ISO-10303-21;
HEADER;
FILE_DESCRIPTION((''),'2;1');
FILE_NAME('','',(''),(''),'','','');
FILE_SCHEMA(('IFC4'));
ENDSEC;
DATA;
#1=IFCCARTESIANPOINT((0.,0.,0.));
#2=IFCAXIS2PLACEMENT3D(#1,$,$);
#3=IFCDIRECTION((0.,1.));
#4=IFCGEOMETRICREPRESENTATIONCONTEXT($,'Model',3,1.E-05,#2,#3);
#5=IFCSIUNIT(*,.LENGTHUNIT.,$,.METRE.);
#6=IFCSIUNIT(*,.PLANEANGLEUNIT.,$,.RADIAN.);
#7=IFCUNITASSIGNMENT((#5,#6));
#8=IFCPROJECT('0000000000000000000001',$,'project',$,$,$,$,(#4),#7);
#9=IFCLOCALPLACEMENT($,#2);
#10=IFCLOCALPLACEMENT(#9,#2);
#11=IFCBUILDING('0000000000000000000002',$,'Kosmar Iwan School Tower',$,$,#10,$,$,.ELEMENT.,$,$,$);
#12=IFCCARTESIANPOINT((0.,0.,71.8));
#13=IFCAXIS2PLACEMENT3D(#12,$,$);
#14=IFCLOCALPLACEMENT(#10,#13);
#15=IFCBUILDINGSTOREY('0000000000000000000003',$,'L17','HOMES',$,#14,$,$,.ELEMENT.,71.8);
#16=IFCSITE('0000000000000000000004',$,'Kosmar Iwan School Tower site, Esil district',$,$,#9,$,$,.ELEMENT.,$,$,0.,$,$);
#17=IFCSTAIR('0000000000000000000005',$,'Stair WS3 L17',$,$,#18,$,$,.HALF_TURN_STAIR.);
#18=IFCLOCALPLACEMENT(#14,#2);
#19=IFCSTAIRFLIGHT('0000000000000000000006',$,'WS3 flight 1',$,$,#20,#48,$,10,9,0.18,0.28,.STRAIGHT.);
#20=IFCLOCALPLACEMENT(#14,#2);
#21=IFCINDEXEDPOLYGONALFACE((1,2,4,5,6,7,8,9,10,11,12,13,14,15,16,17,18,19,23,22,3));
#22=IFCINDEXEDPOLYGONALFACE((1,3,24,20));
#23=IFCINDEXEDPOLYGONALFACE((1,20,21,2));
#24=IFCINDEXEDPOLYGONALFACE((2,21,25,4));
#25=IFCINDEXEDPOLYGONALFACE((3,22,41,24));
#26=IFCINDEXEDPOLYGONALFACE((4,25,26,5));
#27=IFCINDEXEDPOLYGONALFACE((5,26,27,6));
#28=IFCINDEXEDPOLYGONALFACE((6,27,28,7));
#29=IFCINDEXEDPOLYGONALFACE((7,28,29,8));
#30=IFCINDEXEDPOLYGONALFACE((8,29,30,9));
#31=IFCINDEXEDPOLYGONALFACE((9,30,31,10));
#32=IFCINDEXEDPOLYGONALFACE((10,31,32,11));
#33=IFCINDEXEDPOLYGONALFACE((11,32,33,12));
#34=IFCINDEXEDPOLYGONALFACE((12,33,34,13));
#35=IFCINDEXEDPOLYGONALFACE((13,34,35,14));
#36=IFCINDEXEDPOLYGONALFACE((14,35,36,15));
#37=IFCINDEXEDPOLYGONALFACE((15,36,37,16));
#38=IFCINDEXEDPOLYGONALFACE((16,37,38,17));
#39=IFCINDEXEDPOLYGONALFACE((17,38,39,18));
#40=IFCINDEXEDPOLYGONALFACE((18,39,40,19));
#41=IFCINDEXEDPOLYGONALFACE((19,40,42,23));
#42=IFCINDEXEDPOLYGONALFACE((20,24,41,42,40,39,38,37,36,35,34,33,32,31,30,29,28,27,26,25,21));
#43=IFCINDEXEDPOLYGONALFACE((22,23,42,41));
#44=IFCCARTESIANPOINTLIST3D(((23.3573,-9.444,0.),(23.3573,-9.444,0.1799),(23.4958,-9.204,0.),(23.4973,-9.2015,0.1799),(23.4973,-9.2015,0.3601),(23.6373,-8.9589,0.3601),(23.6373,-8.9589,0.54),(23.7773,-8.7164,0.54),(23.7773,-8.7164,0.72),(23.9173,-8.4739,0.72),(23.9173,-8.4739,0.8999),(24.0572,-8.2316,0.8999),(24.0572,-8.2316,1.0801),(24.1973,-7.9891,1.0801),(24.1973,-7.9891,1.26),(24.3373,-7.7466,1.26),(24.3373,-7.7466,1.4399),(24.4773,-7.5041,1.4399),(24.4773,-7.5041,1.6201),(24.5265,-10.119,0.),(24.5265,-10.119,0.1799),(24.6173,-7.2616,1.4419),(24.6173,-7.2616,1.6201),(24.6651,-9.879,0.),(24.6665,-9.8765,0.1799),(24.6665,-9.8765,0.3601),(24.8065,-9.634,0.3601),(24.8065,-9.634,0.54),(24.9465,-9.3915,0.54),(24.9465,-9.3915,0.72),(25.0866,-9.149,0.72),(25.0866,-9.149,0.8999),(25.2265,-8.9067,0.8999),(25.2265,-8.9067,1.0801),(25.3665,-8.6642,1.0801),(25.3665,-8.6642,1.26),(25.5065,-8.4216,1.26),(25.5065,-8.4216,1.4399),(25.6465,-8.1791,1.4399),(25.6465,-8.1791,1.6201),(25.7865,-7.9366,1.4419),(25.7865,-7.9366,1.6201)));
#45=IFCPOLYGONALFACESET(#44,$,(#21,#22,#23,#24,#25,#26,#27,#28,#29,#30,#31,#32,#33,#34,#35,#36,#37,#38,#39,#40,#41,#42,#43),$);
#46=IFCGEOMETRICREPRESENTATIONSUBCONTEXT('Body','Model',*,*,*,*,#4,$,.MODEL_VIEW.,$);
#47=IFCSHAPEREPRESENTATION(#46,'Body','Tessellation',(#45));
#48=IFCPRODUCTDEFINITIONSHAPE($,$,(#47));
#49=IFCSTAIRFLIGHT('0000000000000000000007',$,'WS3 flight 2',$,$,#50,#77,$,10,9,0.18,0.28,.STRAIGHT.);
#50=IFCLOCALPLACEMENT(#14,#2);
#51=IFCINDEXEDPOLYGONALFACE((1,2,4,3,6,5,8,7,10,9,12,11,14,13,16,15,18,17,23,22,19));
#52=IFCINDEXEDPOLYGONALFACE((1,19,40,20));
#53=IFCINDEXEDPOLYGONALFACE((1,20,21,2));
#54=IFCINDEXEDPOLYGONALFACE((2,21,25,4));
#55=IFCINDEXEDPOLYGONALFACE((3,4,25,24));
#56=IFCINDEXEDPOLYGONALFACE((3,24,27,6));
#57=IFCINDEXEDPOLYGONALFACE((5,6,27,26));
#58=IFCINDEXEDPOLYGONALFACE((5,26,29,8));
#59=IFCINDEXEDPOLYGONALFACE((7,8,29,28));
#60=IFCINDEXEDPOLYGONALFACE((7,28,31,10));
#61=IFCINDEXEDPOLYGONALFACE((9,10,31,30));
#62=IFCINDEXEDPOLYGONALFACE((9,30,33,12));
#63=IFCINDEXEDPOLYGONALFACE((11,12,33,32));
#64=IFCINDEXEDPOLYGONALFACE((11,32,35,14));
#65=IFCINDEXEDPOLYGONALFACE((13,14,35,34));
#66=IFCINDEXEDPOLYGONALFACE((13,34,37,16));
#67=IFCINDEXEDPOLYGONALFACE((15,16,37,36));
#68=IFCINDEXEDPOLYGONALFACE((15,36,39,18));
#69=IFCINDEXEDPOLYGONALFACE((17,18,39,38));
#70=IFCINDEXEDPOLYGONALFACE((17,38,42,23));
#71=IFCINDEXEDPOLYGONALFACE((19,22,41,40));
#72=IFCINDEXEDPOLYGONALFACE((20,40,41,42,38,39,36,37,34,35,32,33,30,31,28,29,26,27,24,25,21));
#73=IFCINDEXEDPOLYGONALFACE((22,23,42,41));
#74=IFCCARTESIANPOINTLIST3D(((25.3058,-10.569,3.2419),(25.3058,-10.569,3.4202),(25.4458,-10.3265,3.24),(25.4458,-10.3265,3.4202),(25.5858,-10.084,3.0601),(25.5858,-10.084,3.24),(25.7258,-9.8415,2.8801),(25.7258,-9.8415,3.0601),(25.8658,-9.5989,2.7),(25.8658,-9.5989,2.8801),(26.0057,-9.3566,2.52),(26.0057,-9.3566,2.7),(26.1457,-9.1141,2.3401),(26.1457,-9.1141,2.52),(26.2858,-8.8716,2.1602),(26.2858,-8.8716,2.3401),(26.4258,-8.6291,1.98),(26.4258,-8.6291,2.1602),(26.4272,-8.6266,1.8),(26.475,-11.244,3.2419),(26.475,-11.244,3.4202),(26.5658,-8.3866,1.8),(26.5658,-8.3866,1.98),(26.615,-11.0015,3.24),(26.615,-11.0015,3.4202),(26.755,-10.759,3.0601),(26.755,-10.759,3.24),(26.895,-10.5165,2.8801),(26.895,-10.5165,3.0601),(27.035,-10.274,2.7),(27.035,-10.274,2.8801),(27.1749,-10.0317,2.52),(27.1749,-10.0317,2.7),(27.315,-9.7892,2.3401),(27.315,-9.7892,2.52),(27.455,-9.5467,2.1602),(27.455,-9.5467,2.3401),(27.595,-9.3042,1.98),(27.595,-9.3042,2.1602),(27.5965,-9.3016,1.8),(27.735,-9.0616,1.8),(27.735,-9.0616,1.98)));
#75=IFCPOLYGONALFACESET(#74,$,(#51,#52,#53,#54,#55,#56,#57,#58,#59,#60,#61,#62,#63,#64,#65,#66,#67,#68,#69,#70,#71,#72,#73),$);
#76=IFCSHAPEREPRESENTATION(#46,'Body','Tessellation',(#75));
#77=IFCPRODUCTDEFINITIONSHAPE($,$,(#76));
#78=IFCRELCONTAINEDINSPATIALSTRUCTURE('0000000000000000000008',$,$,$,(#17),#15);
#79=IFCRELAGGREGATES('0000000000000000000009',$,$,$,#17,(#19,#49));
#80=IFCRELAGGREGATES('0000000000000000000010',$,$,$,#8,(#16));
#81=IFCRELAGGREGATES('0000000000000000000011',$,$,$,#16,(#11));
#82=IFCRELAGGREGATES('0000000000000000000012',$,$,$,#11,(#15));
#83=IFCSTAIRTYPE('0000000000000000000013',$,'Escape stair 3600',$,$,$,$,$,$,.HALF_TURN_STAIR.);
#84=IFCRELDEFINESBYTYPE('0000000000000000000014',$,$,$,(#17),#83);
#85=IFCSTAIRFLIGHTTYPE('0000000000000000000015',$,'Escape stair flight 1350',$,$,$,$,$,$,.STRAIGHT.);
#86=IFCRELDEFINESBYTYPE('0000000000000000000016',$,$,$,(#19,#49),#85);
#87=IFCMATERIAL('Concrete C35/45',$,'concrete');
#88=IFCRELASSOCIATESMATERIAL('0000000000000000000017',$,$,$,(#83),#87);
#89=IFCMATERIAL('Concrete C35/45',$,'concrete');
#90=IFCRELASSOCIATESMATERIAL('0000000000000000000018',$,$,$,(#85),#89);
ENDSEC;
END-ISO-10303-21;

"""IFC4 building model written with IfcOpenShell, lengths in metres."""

from ifc_helpers import new_model, si_unit, direction, frame, origin, place, context, subcontext, project, spatial, polyline, outline, extrude, material, type_object, element, aggregate, save


model = new_model("IFC4")

# Units and contexts
model_context = context("Model", 3, precision=1e-05, world=origin(), true_north=direction((0.0, 1.0)))
body_context = subcontext(model_context, "Body", "Model", "MODEL_VIEW")
ifc_project = project(units=[si_unit("LENGTHUNIT", "METRE"), si_unit("PLANEANGLEUNIT", "RADIAN")], contexts=[model_context])

# Site, building, storey
site_placement = place(None, origin())
site = spatial("IfcSite", under=ifc_project, at=site_placement, Name="Kosmar Iwan School Tower site, Esil district", CompositionType="ELEMENT", RefElevation=0.0)
building_placement = place(site_placement, origin())
building = spatial("IfcBuilding", under=site, at=building_placement, Name="Kosmar Iwan School Tower", CompositionType="ELEMENT")
storey_placement = place(building_placement, frame((0.0, 0.0, 71.8)))
storey = spatial("IfcBuildingStorey", under=building, at=storey_placement, Name="L17", Description="HOMES", CompositionType="ELEMENT", Elevation=71.8)

# Stair, stair flights
ifc_material_1 = material(Name="Concrete C35/45", Category="concrete")
stair_type = type_object("IfcStairType", Name="Escape stair 3600", PredefinedType="HALF_TURN_STAIR", material=ifc_material_1)
stair_placement = place(storey_placement, origin())
stair = element("IfcStair", 1, at=stair_placement, inside=storey, type_object=stair_type, Name="Stair WS3 L17", PredefinedType="HALF_TURN_STAIR")
ifc_material_2 = material(Name="Concrete C35/45", Category="concrete")
stair_flight_type = type_object("IfcStairFlightType", Name="Escape stair flight 1350", PredefinedType="STRAIGHT", material=ifc_material_2)
stair_flight_1_placement = place(storey_placement, frame((23.9419, -9.7815, 0.0), z_axis=(0.0, 0.0, 1.0), x_axis=(0.5, 0.866025, 0.0)))
stair_flight_1 = element("IfcStairFlight", 2, at=stair_flight_1_placement, type_object=stair_flight_type, Name="WS3 flight 1", NumberOfRisers=10, NumberOfTreads=9, PredefinedType="STRAIGHT", RiserHeight=0.18, TreadLength=0.28, context=body_context, shape_type="SweptSolid", body=[
    extrude(outline(polyline([(0.0, 0.0), (0.0, 0.1799), (0.28, 0.1799), (0.28, 0.3601), (0.5601, 0.3601), (0.5601, 0.54), (0.8401, 0.54), (0.8401, 0.72), (1.1201, 0.72), (1.1201, 0.8999), (1.3999, 0.8999), (1.3999, 1.0801), (1.6799, 1.0801), (1.6799, 1.26), (1.96, 1.26), (1.96, 1.4399), (2.24, 1.4399), (2.24, 1.6201), (2.52, 1.6201), (2.52, 1.8), (2.52, 1.4419), (0.2771, 0.0), (0.0, 0.0)])), frame((0.0, 0.675, 0.0), z_axis=(0.0, -1.0, 0.0), x_axis=(1.0, 0.0, 0.0)), (0.0, 0.0, 1.0), 1.3501),
])
stair_flight_2_placement = place(storey_placement, frame((27.1504, -8.7241, 1.8), z_axis=(0.0, 0.0, 1.0), x_axis=(-0.5, -0.866025, 0.0)))
stair_flight_2 = element("IfcStairFlight", 3, at=stair_flight_2_placement, type_object=stair_flight_type, Name="WS3 flight 2", NumberOfRisers=10, NumberOfTreads=9, PredefinedType="STRAIGHT", RiserHeight=0.18, TreadLength=0.28, context=body_context, shape_type="SweptSolid", body=[
    extrude(outline(polyline([(0.0, 0.0), (0.0, 0.1799), (0.28, 0.1799), (0.28, 0.3601), (0.5601, 0.3601), (0.5601, 0.54), (0.8401, 0.54), (0.8401, 0.72), (1.1201, 0.72), (1.1201, 0.8999), (1.3999, 0.8999), (1.3999, 1.0801), (1.6799, 1.0801), (1.6799, 1.26), (1.96, 1.26), (1.96, 1.4399), (2.24, 1.4399), (2.24, 1.6201), (2.52, 1.6201), (2.52, 1.8), (2.52, 1.4419), (0.2771, 0.0), (0.0, 0.0)])), frame((0.0, 0.675, 0.0), z_axis=(0.0, -1.0, 0.0), x_axis=(1.0, 0.0, 0.0)), (0.0, 0.0, 1.0), 1.3501),
])
aggregate(stair, [stair_flight_1, stair_flight_2])

save(model, "model.ifc")
